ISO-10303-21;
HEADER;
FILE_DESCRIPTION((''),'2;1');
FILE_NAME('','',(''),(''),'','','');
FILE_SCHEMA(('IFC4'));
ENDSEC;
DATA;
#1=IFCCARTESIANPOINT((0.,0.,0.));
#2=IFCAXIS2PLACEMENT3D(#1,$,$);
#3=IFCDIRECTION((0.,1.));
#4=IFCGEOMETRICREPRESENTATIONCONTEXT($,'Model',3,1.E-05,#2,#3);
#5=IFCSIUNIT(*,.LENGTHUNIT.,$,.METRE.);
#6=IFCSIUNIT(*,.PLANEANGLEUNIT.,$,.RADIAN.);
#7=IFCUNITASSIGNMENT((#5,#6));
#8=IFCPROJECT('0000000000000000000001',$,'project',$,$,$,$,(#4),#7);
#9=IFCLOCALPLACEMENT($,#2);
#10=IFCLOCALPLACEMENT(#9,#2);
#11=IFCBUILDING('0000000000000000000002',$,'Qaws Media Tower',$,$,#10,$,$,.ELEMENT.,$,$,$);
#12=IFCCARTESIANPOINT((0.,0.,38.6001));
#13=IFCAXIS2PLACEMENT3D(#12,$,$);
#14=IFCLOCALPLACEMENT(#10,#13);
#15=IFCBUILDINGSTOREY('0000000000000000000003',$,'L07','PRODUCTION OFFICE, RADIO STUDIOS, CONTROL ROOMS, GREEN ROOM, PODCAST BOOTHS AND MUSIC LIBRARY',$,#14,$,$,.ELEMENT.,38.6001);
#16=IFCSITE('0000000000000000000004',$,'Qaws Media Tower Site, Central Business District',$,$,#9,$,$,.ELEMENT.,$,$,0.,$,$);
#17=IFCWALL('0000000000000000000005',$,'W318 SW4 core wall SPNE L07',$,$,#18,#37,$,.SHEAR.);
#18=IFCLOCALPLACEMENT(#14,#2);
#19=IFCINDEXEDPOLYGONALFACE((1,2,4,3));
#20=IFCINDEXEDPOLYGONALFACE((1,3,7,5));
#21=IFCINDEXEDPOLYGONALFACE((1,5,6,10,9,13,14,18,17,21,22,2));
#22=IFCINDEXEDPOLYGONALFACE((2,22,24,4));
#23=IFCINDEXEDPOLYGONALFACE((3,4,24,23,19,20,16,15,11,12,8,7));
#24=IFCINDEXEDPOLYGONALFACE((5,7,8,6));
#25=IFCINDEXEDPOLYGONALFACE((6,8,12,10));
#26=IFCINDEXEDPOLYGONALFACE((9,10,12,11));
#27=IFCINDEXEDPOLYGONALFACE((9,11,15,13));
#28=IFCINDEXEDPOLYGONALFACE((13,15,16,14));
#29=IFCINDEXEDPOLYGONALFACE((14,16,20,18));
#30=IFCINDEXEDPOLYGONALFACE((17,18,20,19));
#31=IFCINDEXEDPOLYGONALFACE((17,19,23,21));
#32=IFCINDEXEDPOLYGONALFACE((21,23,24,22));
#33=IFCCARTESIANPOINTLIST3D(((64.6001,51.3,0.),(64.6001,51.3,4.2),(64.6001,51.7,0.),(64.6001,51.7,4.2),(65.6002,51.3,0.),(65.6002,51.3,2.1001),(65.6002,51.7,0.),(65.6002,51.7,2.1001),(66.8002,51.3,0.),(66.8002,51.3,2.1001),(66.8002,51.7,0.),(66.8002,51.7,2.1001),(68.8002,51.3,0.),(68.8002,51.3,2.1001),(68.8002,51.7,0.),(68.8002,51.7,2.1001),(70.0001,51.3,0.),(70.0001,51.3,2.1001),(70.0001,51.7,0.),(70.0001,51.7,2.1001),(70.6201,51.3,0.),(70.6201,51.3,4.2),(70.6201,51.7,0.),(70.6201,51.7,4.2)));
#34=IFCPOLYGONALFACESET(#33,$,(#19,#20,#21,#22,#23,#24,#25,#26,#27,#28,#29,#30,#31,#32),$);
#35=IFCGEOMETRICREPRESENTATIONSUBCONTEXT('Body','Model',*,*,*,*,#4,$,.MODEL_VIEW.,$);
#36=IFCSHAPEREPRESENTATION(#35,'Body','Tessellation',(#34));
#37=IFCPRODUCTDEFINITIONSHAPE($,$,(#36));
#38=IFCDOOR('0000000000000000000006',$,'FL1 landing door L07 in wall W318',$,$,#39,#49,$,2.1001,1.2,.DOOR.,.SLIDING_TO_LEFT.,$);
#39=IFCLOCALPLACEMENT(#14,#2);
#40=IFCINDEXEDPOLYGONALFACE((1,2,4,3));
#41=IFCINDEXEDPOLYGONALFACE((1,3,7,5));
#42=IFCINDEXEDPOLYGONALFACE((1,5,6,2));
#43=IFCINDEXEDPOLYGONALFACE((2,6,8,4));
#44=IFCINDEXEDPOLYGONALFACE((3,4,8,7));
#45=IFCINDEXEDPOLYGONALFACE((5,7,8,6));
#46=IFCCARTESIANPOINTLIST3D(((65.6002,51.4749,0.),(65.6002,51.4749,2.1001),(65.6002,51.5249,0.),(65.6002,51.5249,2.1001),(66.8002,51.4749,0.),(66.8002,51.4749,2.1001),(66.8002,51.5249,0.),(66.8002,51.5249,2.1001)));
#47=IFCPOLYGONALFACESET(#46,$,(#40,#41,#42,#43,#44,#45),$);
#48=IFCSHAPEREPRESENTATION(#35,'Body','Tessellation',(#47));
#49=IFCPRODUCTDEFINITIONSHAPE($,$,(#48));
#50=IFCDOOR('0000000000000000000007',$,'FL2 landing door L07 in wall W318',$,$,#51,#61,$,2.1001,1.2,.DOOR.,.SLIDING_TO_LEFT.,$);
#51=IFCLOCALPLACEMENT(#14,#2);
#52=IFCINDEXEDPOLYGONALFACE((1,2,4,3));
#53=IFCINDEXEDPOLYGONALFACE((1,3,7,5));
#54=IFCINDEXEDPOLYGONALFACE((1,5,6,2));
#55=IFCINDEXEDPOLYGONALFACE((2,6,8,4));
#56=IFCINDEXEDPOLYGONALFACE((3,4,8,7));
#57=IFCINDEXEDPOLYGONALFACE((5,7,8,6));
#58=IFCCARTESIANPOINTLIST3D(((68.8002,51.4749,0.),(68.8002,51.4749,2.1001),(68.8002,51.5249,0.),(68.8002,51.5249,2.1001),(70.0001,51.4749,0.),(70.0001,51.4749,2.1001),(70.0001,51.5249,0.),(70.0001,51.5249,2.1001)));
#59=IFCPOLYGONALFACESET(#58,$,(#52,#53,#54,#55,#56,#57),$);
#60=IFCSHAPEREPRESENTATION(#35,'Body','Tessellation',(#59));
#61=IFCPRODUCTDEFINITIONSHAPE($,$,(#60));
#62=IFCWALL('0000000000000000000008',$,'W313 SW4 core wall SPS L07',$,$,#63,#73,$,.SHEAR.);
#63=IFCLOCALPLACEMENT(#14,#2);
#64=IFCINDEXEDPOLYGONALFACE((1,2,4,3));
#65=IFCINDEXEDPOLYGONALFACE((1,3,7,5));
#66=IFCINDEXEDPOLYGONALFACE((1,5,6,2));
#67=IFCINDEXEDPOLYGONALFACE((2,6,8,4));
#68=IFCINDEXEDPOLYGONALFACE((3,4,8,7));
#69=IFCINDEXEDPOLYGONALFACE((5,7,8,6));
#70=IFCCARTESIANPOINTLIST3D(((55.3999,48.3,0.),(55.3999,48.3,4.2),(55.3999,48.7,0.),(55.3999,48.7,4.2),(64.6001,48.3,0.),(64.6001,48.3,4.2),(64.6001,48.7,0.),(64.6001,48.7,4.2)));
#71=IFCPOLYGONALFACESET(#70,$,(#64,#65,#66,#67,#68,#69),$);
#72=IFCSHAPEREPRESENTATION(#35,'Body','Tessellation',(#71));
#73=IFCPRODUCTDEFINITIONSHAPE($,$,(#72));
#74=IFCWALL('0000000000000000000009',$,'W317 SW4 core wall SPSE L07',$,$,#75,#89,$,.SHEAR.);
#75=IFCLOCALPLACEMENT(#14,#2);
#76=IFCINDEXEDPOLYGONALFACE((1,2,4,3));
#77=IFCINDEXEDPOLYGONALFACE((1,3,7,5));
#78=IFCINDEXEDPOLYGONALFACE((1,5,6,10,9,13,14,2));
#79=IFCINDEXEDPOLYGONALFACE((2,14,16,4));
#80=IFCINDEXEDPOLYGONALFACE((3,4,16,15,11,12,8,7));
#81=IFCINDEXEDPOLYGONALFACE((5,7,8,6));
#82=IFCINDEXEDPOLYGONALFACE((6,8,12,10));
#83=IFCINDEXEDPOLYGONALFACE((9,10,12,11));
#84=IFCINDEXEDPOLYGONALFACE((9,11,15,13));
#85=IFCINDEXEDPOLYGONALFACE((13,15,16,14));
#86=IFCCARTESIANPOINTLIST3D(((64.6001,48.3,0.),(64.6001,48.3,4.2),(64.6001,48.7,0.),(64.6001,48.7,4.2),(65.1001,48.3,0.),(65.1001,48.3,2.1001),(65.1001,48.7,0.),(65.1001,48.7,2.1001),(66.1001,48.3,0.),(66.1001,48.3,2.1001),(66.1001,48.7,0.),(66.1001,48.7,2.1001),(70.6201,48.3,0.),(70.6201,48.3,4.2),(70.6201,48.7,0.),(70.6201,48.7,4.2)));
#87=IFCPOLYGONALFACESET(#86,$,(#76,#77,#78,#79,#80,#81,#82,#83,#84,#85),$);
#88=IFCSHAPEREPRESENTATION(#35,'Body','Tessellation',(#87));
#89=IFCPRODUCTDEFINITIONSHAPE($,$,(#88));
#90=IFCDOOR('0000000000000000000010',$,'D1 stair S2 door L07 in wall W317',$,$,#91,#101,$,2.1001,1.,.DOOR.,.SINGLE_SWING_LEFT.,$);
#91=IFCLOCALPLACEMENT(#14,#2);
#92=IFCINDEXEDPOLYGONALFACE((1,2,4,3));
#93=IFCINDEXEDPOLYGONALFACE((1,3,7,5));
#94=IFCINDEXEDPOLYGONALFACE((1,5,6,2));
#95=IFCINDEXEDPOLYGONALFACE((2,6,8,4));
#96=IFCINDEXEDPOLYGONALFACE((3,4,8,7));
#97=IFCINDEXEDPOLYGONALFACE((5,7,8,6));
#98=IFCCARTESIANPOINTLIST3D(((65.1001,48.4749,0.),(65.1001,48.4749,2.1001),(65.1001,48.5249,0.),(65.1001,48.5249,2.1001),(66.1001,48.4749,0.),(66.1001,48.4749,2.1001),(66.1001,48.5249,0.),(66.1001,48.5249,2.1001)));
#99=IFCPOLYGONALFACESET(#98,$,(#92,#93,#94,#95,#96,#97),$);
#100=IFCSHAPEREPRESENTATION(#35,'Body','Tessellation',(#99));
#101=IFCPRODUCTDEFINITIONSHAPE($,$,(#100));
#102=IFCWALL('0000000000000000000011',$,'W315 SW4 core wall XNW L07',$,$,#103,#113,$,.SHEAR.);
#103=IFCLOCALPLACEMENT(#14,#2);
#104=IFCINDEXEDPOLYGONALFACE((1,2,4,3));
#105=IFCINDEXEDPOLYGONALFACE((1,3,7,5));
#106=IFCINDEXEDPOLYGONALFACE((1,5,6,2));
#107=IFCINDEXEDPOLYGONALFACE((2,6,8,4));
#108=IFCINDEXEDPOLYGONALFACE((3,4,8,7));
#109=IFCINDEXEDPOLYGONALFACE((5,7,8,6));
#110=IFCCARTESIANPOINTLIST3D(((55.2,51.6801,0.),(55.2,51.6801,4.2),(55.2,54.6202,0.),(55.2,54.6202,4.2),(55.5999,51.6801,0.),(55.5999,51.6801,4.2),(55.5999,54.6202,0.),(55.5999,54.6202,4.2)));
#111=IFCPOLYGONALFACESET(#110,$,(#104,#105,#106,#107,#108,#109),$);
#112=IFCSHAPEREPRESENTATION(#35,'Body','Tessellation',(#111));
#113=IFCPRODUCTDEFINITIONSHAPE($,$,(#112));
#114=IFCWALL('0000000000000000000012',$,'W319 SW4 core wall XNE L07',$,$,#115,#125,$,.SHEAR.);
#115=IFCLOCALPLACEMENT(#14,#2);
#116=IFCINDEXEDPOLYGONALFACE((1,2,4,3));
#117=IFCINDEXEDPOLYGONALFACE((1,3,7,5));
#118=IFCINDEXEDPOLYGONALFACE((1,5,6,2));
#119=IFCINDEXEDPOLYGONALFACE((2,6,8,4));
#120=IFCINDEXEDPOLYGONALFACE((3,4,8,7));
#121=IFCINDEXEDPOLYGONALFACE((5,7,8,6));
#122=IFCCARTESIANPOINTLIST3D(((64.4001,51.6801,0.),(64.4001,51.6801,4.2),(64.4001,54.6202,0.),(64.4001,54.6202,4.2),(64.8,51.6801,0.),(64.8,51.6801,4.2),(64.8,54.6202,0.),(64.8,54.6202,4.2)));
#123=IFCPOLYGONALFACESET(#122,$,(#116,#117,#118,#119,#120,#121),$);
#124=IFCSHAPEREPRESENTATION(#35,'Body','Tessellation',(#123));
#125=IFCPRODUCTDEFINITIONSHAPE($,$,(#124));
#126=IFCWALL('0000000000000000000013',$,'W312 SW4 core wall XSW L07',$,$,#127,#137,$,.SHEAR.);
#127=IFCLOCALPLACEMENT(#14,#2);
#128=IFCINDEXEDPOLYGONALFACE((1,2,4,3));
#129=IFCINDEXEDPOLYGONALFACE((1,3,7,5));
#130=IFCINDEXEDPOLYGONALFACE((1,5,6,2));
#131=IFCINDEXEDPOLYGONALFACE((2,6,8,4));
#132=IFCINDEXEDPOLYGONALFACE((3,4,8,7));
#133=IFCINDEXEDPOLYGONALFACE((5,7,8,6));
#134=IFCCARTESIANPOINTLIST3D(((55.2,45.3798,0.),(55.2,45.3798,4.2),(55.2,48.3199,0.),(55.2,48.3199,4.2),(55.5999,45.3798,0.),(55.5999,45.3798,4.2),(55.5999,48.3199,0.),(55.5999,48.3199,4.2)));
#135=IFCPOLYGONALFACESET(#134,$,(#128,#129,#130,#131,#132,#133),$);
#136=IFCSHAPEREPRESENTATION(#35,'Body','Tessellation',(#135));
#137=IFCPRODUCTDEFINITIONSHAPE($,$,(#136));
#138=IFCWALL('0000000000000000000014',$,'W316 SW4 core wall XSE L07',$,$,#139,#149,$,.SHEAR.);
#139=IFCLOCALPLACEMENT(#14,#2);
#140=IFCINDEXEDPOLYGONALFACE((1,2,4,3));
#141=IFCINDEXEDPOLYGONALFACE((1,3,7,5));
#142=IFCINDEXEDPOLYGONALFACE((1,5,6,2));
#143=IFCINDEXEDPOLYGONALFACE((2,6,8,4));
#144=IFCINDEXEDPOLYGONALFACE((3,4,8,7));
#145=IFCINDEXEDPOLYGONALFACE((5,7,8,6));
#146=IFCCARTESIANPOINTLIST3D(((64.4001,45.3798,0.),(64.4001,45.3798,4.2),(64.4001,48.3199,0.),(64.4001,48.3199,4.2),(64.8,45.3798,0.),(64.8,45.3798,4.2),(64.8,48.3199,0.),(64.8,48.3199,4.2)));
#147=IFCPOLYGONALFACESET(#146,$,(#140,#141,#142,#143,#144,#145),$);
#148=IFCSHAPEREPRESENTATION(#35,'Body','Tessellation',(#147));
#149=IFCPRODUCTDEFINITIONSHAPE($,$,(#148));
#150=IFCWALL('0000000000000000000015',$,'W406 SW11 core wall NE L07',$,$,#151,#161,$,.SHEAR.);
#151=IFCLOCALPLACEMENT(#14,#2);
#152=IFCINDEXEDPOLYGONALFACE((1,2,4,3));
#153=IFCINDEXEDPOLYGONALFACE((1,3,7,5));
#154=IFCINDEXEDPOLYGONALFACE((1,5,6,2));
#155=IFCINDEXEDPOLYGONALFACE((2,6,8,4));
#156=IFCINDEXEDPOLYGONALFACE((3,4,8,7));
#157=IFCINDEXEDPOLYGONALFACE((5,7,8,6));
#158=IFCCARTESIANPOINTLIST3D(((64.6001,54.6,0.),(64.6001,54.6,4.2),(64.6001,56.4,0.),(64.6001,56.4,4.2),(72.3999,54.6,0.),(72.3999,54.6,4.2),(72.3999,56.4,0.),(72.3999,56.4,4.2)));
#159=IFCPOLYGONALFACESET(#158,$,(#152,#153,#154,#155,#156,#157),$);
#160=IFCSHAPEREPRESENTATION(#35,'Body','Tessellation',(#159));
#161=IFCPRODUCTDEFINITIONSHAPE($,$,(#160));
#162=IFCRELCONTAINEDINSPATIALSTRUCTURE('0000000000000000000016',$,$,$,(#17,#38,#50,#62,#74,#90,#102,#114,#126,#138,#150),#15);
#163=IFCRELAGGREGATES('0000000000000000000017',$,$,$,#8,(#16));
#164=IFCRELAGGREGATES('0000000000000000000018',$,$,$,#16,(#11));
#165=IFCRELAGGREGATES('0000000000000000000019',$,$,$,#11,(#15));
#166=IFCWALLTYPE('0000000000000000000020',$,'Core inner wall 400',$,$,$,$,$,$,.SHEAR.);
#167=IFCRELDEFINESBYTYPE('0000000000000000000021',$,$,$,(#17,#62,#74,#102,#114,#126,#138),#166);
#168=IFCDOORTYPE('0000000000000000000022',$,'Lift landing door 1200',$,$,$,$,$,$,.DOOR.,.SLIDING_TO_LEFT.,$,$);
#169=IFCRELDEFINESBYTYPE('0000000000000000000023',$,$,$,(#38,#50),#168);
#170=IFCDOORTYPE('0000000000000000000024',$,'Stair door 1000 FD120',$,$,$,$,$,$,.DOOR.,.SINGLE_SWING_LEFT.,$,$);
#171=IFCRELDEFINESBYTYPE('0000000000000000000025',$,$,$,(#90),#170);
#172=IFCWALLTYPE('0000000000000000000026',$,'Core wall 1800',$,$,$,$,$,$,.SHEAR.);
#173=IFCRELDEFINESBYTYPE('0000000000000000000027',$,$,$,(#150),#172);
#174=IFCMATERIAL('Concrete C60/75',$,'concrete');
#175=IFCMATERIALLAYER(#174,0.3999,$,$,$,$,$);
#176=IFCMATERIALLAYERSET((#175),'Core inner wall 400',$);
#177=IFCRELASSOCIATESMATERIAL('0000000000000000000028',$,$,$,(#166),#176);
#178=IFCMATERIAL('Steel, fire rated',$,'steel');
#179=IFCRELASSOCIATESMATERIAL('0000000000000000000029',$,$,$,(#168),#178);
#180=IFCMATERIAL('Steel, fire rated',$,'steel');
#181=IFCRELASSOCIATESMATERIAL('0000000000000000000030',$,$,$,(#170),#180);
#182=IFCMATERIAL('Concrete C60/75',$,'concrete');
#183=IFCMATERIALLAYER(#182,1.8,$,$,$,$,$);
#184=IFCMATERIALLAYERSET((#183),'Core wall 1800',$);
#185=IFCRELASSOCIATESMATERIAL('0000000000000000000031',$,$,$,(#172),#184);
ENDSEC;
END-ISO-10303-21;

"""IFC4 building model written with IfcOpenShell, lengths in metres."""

from ifc_helpers import new_model, si_unit, direction, frame, frame_2d, origin, place, context, subcontext, project, spatial, rectangle, extrude, material, layer, layer_set, type_object, element, fill, save


model = new_model("IFC4")

# Units and contexts
model_context = context("Model", 3, precision=1e-05, world=origin(), true_north=direction((0.0, 1.0)))
body_context = subcontext(model_context, "Body", "Model", "MODEL_VIEW")
ifc_project = project(units=[si_unit("LENGTHUNIT", "METRE"), si_unit("PLANEANGLEUNIT", "RADIAN")], contexts=[model_context])

# Site, building, storey
site_placement = place(None, origin())
site = spatial("IfcSite", under=ifc_project, at=site_placement, Name="Qaws Media Tower Site, Central Business District", CompositionType="ELEMENT", RefElevation=0.0)
building_placement = place(site_placement, origin())
building = spatial("IfcBuilding", under=site, at=building_placement, Name="Qaws Media Tower", CompositionType="ELEMENT")
storey_placement = place(building_placement, frame((0.0, 0.0, 38.6001)))
storey = spatial("IfcBuildingStorey", under=building, at=storey_placement, Name="L07", Description="PRODUCTION OFFICE, RADIO STUDIOS, CONTROL ROOMS, GREEN ROOM, PODCAST BOOTHS AND MUSIC LIBRARY", CompositionType="ELEMENT", Elevation=38.6001)

# Wall, openings, doors
ifc_material_1 = material(Name="Concrete C60/75", Category="concrete")
ifc_layer_1 = layer(ifc_material_1, 0.3999)
ifc_layer_set_1 = layer_set([ifc_layer_1], Name="Core inner wall 400")
wall_type_1 = type_object("IfcWallType", Name="Core inner wall 400", PredefinedType="SHEAR", material=ifc_layer_set_1)
wall_1_placement = place(storey_placement, frame((64.6001, 51.5, 0.0), z_axis=(0.0, 0.0, 1.0), x_axis=(1.0, 0.0, 0.0)))
wall_1 = element("IfcWall", 1, at=wall_1_placement, inside=storey, type_object=wall_type_1, Name="W318 SW4 core wall SPNE L07", PredefinedType="SHEAR", context=body_context, shape_type="SweptSolid", body=[
    extrude(rectangle(XDim=6.02, YDim=0.3999, at=frame_2d((3.01, 0.0))), origin(), (0.0, 0.0, 1.0), 4.2),
])
opening_1_placement = place(wall_1_placement, frame((1.0, 0.0, 0.0)))
opening_1 = element("IfcOpeningElement", 2, at=opening_1_placement, cuts=wall_1, PredefinedType="OPENING", context=body_context, shape_type="SweptSolid", body=[
    extrude(rectangle(XDim=1.2, YDim=2.1001, at=frame_2d((0.6001, 1.05))), frame((0.0, 0.21, 0.0), z_axis=(0.0, -1.0, 0.0), x_axis=(1.0, 0.0, 0.0)), (0.0, 0.0, 1.0), 0.4199),
])
opening_2_placement = place(wall_1_placement, frame((4.2, 0.0, 0.0)))
opening_2 = element("IfcOpeningElement", 3, at=opening_2_placement, cuts=wall_1, PredefinedType="OPENING", context=body_context, shape_type="SweptSolid", body=[
    extrude(rectangle(XDim=1.2, YDim=2.1001, at=frame_2d((0.6001, 1.05))), frame((0.0, 0.21, 0.0), z_axis=(0.0, -1.0, 0.0), x_axis=(1.0, 0.0, 0.0)), (0.0, 0.0, 1.0), 0.4199),
])
ifc_material_2 = material(Name="Steel, fire rated", Category="steel")
door_type_1 = type_object("IfcDoorType", Name="Lift landing door 1200", OperationType="SLIDING_TO_LEFT", PredefinedType="DOOR", material=ifc_material_2)
door_1_placement = place(opening_1_placement, origin())
door_1 = element("IfcDoor", 4, at=door_1_placement, inside=storey, type_object=door_type_1, Name="FL1 landing door L07 in wall W318", OperationType="SLIDING_TO_LEFT", OverallHeight=2.1001, OverallWidth=1.2, PredefinedType="DOOR", context=body_context, shape_type="SweptSolid", body=[
    extrude(rectangle(XDim=1.2, YDim=2.1001, at=frame_2d((0.6001, 1.05))), frame((0.0, 0.0249, 0.0), z_axis=(0.0, -1.0, 0.0), x_axis=(1.0, 0.0, 0.0)), (0.0, 0.0, 1.0), 0.05),
])
fill(opening_1, door_1)
door_2_placement = place(opening_2_placement, origin())
door_2 = element("IfcDoor", 5, at=door_2_placement, inside=storey, type_object=door_type_1, Name="FL2 landing door L07 in wall W318", OperationType="SLIDING_TO_LEFT", OverallHeight=2.1001, OverallWidth=1.2, PredefinedType="DOOR", context=body_context, shape_type="SweptSolid", body=[
    extrude(rectangle(XDim=1.2, YDim=2.1001, at=frame_2d((0.6001, 1.05))), frame((0.0, 0.0249, 0.0), z_axis=(0.0, -1.0, 0.0), x_axis=(1.0, 0.0, 0.0)), (0.0, 0.0, 1.0), 0.05),
])
fill(opening_2, door_2)

# Wall
wall_2_placement = place(storey_placement, frame((55.3999, 48.5, 0.0), z_axis=(0.0, 0.0, 1.0), x_axis=(1.0, 0.0, 0.0)))
element("IfcWall", 6, at=wall_2_placement, inside=storey, type_object=wall_type_1, Name="W313 SW4 core wall SPS L07", PredefinedType="SHEAR", context=body_context, shape_type="SweptSolid", body=[
    extrude(rectangle(XDim=9.2002, YDim=0.3999, at=frame_2d((4.6001, 0.0))), origin(), (0.0, 0.0, 1.0), 4.2),
])

# Wall, opening, door
wall_3_placement = place(storey_placement, frame((64.6001, 48.5, 0.0), z_axis=(0.0, 0.0, 1.0), x_axis=(1.0, 0.0, 0.0)))
wall_3 = element("IfcWall", 7, at=wall_3_placement, inside=storey, type_object=wall_type_1, Name="W317 SW4 core wall SPSE L07", PredefinedType="SHEAR", context=body_context, shape_type="SweptSolid", body=[
    extrude(rectangle(XDim=6.02, YDim=0.3999, at=frame_2d((3.01, 0.0))), origin(), (0.0, 0.0, 1.0), 4.2),
])
opening_3_placement = place(wall_3_placement, frame((0.5, 0.0, 0.0)))
opening_3 = element("IfcOpeningElement", 8, at=opening_3_placement, cuts=wall_3, PredefinedType="OPENING", context=body_context, shape_type="SweptSolid", body=[
    extrude(rectangle(XDim=1.0, YDim=2.1001, at=frame_2d((0.5, 1.05))), frame((0.0, 0.21, 0.0), z_axis=(0.0, -1.0, 0.0), x_axis=(1.0, 0.0, 0.0)), (0.0, 0.0, 1.0), 0.4199),
])
ifc_material_3 = material(Name="Steel, fire rated", Category="steel")
door_type_2 = type_object("IfcDoorType", Name="Stair door 1000 FD120", OperationType="SINGLE_SWING_LEFT", PredefinedType="DOOR", material=ifc_material_3)
door_3_placement = place(opening_3_placement, origin())
door_3 = element("IfcDoor", 9, at=door_3_placement, inside=storey, type_object=door_type_2, Name="D1 stair S2 door L07 in wall W317", OperationType="SINGLE_SWING_LEFT", OverallHeight=2.1001, OverallWidth=1.0, PredefinedType="DOOR", context=body_context, shape_type="SweptSolid", body=[
    extrude(rectangle(XDim=1.0, YDim=2.1001, at=frame_2d((0.5, 1.05))), frame((0.0, 0.0249, 0.0), z_axis=(0.0, -1.0, 0.0), x_axis=(1.0, 0.0, 0.0)), (0.0, 0.0, 1.0), 0.05),
])
fill(opening_3, door_3)

# Walls
for number, where, z_axis, x_axis, name in (
    (10, (55.3999, 51.6799, 0.0), (0.0, 0.0, 1.0), (0.0, 1.0, 0.0), "W315 SW4 core wall XNW L07"),
    (11, (64.6001, 51.6799, 0.0), (0.0, 0.0, 1.0), (0.0, 1.0, 0.0), "W319 SW4 core wall XNE L07"),
    (12, (55.3999, 48.3201, 0.0), (0.0, 0.0, 1.0), (0.0, -1.0, 0.0), "W312 SW4 core wall XSW L07"),
    (13, (64.6001, 48.3201, 0.0), (0.0, 0.0, 1.0), (0.0, -1.0, 0.0), "W316 SW4 core wall XSE L07"),
):
    element("IfcWall", number, at=place(storey_placement, frame(where, z_axis=z_axis, x_axis=x_axis)), inside=storey, type_object=wall_type_1, Name=name, PredefinedType="SHEAR", context=body_context, shape_type="SweptSolid", body=[
        extrude(rectangle(XDim=2.9402, YDim=0.3999, at=frame_2d((1.4702, 0.0))), origin(), (0.0, 0.0, 1.0), 4.2),
    ])
ifc_material_4 = material(Name="Concrete C60/75", Category="concrete")
ifc_layer_2 = layer(ifc_material_4, 1.8)
ifc_layer_set_2 = layer_set([ifc_layer_2], Name="Core wall 1800")
wall_type_2 = type_object("IfcWallType", Name="Core wall 1800", PredefinedType="SHEAR", material=ifc_layer_set_2)
wall_4_placement = place(storey_placement, frame((64.6001, 55.5, 0.0), z_axis=(0.0, 0.0, 1.0), x_axis=(1.0, 0.0, 0.0)))
element("IfcWall", 14, at=wall_4_placement, inside=storey, type_object=wall_type_2, Name="W406 SW11 core wall NE L07", PredefinedType="SHEAR", context=body_context, shape_type="SweptSolid", body=[
    extrude(rectangle(XDim=7.7998, YDim=1.8, at=frame_2d((3.8999, 0.0))), origin(), (0.0, 0.0, 1.0), 4.2),
])

save(model, "model.ifc")
